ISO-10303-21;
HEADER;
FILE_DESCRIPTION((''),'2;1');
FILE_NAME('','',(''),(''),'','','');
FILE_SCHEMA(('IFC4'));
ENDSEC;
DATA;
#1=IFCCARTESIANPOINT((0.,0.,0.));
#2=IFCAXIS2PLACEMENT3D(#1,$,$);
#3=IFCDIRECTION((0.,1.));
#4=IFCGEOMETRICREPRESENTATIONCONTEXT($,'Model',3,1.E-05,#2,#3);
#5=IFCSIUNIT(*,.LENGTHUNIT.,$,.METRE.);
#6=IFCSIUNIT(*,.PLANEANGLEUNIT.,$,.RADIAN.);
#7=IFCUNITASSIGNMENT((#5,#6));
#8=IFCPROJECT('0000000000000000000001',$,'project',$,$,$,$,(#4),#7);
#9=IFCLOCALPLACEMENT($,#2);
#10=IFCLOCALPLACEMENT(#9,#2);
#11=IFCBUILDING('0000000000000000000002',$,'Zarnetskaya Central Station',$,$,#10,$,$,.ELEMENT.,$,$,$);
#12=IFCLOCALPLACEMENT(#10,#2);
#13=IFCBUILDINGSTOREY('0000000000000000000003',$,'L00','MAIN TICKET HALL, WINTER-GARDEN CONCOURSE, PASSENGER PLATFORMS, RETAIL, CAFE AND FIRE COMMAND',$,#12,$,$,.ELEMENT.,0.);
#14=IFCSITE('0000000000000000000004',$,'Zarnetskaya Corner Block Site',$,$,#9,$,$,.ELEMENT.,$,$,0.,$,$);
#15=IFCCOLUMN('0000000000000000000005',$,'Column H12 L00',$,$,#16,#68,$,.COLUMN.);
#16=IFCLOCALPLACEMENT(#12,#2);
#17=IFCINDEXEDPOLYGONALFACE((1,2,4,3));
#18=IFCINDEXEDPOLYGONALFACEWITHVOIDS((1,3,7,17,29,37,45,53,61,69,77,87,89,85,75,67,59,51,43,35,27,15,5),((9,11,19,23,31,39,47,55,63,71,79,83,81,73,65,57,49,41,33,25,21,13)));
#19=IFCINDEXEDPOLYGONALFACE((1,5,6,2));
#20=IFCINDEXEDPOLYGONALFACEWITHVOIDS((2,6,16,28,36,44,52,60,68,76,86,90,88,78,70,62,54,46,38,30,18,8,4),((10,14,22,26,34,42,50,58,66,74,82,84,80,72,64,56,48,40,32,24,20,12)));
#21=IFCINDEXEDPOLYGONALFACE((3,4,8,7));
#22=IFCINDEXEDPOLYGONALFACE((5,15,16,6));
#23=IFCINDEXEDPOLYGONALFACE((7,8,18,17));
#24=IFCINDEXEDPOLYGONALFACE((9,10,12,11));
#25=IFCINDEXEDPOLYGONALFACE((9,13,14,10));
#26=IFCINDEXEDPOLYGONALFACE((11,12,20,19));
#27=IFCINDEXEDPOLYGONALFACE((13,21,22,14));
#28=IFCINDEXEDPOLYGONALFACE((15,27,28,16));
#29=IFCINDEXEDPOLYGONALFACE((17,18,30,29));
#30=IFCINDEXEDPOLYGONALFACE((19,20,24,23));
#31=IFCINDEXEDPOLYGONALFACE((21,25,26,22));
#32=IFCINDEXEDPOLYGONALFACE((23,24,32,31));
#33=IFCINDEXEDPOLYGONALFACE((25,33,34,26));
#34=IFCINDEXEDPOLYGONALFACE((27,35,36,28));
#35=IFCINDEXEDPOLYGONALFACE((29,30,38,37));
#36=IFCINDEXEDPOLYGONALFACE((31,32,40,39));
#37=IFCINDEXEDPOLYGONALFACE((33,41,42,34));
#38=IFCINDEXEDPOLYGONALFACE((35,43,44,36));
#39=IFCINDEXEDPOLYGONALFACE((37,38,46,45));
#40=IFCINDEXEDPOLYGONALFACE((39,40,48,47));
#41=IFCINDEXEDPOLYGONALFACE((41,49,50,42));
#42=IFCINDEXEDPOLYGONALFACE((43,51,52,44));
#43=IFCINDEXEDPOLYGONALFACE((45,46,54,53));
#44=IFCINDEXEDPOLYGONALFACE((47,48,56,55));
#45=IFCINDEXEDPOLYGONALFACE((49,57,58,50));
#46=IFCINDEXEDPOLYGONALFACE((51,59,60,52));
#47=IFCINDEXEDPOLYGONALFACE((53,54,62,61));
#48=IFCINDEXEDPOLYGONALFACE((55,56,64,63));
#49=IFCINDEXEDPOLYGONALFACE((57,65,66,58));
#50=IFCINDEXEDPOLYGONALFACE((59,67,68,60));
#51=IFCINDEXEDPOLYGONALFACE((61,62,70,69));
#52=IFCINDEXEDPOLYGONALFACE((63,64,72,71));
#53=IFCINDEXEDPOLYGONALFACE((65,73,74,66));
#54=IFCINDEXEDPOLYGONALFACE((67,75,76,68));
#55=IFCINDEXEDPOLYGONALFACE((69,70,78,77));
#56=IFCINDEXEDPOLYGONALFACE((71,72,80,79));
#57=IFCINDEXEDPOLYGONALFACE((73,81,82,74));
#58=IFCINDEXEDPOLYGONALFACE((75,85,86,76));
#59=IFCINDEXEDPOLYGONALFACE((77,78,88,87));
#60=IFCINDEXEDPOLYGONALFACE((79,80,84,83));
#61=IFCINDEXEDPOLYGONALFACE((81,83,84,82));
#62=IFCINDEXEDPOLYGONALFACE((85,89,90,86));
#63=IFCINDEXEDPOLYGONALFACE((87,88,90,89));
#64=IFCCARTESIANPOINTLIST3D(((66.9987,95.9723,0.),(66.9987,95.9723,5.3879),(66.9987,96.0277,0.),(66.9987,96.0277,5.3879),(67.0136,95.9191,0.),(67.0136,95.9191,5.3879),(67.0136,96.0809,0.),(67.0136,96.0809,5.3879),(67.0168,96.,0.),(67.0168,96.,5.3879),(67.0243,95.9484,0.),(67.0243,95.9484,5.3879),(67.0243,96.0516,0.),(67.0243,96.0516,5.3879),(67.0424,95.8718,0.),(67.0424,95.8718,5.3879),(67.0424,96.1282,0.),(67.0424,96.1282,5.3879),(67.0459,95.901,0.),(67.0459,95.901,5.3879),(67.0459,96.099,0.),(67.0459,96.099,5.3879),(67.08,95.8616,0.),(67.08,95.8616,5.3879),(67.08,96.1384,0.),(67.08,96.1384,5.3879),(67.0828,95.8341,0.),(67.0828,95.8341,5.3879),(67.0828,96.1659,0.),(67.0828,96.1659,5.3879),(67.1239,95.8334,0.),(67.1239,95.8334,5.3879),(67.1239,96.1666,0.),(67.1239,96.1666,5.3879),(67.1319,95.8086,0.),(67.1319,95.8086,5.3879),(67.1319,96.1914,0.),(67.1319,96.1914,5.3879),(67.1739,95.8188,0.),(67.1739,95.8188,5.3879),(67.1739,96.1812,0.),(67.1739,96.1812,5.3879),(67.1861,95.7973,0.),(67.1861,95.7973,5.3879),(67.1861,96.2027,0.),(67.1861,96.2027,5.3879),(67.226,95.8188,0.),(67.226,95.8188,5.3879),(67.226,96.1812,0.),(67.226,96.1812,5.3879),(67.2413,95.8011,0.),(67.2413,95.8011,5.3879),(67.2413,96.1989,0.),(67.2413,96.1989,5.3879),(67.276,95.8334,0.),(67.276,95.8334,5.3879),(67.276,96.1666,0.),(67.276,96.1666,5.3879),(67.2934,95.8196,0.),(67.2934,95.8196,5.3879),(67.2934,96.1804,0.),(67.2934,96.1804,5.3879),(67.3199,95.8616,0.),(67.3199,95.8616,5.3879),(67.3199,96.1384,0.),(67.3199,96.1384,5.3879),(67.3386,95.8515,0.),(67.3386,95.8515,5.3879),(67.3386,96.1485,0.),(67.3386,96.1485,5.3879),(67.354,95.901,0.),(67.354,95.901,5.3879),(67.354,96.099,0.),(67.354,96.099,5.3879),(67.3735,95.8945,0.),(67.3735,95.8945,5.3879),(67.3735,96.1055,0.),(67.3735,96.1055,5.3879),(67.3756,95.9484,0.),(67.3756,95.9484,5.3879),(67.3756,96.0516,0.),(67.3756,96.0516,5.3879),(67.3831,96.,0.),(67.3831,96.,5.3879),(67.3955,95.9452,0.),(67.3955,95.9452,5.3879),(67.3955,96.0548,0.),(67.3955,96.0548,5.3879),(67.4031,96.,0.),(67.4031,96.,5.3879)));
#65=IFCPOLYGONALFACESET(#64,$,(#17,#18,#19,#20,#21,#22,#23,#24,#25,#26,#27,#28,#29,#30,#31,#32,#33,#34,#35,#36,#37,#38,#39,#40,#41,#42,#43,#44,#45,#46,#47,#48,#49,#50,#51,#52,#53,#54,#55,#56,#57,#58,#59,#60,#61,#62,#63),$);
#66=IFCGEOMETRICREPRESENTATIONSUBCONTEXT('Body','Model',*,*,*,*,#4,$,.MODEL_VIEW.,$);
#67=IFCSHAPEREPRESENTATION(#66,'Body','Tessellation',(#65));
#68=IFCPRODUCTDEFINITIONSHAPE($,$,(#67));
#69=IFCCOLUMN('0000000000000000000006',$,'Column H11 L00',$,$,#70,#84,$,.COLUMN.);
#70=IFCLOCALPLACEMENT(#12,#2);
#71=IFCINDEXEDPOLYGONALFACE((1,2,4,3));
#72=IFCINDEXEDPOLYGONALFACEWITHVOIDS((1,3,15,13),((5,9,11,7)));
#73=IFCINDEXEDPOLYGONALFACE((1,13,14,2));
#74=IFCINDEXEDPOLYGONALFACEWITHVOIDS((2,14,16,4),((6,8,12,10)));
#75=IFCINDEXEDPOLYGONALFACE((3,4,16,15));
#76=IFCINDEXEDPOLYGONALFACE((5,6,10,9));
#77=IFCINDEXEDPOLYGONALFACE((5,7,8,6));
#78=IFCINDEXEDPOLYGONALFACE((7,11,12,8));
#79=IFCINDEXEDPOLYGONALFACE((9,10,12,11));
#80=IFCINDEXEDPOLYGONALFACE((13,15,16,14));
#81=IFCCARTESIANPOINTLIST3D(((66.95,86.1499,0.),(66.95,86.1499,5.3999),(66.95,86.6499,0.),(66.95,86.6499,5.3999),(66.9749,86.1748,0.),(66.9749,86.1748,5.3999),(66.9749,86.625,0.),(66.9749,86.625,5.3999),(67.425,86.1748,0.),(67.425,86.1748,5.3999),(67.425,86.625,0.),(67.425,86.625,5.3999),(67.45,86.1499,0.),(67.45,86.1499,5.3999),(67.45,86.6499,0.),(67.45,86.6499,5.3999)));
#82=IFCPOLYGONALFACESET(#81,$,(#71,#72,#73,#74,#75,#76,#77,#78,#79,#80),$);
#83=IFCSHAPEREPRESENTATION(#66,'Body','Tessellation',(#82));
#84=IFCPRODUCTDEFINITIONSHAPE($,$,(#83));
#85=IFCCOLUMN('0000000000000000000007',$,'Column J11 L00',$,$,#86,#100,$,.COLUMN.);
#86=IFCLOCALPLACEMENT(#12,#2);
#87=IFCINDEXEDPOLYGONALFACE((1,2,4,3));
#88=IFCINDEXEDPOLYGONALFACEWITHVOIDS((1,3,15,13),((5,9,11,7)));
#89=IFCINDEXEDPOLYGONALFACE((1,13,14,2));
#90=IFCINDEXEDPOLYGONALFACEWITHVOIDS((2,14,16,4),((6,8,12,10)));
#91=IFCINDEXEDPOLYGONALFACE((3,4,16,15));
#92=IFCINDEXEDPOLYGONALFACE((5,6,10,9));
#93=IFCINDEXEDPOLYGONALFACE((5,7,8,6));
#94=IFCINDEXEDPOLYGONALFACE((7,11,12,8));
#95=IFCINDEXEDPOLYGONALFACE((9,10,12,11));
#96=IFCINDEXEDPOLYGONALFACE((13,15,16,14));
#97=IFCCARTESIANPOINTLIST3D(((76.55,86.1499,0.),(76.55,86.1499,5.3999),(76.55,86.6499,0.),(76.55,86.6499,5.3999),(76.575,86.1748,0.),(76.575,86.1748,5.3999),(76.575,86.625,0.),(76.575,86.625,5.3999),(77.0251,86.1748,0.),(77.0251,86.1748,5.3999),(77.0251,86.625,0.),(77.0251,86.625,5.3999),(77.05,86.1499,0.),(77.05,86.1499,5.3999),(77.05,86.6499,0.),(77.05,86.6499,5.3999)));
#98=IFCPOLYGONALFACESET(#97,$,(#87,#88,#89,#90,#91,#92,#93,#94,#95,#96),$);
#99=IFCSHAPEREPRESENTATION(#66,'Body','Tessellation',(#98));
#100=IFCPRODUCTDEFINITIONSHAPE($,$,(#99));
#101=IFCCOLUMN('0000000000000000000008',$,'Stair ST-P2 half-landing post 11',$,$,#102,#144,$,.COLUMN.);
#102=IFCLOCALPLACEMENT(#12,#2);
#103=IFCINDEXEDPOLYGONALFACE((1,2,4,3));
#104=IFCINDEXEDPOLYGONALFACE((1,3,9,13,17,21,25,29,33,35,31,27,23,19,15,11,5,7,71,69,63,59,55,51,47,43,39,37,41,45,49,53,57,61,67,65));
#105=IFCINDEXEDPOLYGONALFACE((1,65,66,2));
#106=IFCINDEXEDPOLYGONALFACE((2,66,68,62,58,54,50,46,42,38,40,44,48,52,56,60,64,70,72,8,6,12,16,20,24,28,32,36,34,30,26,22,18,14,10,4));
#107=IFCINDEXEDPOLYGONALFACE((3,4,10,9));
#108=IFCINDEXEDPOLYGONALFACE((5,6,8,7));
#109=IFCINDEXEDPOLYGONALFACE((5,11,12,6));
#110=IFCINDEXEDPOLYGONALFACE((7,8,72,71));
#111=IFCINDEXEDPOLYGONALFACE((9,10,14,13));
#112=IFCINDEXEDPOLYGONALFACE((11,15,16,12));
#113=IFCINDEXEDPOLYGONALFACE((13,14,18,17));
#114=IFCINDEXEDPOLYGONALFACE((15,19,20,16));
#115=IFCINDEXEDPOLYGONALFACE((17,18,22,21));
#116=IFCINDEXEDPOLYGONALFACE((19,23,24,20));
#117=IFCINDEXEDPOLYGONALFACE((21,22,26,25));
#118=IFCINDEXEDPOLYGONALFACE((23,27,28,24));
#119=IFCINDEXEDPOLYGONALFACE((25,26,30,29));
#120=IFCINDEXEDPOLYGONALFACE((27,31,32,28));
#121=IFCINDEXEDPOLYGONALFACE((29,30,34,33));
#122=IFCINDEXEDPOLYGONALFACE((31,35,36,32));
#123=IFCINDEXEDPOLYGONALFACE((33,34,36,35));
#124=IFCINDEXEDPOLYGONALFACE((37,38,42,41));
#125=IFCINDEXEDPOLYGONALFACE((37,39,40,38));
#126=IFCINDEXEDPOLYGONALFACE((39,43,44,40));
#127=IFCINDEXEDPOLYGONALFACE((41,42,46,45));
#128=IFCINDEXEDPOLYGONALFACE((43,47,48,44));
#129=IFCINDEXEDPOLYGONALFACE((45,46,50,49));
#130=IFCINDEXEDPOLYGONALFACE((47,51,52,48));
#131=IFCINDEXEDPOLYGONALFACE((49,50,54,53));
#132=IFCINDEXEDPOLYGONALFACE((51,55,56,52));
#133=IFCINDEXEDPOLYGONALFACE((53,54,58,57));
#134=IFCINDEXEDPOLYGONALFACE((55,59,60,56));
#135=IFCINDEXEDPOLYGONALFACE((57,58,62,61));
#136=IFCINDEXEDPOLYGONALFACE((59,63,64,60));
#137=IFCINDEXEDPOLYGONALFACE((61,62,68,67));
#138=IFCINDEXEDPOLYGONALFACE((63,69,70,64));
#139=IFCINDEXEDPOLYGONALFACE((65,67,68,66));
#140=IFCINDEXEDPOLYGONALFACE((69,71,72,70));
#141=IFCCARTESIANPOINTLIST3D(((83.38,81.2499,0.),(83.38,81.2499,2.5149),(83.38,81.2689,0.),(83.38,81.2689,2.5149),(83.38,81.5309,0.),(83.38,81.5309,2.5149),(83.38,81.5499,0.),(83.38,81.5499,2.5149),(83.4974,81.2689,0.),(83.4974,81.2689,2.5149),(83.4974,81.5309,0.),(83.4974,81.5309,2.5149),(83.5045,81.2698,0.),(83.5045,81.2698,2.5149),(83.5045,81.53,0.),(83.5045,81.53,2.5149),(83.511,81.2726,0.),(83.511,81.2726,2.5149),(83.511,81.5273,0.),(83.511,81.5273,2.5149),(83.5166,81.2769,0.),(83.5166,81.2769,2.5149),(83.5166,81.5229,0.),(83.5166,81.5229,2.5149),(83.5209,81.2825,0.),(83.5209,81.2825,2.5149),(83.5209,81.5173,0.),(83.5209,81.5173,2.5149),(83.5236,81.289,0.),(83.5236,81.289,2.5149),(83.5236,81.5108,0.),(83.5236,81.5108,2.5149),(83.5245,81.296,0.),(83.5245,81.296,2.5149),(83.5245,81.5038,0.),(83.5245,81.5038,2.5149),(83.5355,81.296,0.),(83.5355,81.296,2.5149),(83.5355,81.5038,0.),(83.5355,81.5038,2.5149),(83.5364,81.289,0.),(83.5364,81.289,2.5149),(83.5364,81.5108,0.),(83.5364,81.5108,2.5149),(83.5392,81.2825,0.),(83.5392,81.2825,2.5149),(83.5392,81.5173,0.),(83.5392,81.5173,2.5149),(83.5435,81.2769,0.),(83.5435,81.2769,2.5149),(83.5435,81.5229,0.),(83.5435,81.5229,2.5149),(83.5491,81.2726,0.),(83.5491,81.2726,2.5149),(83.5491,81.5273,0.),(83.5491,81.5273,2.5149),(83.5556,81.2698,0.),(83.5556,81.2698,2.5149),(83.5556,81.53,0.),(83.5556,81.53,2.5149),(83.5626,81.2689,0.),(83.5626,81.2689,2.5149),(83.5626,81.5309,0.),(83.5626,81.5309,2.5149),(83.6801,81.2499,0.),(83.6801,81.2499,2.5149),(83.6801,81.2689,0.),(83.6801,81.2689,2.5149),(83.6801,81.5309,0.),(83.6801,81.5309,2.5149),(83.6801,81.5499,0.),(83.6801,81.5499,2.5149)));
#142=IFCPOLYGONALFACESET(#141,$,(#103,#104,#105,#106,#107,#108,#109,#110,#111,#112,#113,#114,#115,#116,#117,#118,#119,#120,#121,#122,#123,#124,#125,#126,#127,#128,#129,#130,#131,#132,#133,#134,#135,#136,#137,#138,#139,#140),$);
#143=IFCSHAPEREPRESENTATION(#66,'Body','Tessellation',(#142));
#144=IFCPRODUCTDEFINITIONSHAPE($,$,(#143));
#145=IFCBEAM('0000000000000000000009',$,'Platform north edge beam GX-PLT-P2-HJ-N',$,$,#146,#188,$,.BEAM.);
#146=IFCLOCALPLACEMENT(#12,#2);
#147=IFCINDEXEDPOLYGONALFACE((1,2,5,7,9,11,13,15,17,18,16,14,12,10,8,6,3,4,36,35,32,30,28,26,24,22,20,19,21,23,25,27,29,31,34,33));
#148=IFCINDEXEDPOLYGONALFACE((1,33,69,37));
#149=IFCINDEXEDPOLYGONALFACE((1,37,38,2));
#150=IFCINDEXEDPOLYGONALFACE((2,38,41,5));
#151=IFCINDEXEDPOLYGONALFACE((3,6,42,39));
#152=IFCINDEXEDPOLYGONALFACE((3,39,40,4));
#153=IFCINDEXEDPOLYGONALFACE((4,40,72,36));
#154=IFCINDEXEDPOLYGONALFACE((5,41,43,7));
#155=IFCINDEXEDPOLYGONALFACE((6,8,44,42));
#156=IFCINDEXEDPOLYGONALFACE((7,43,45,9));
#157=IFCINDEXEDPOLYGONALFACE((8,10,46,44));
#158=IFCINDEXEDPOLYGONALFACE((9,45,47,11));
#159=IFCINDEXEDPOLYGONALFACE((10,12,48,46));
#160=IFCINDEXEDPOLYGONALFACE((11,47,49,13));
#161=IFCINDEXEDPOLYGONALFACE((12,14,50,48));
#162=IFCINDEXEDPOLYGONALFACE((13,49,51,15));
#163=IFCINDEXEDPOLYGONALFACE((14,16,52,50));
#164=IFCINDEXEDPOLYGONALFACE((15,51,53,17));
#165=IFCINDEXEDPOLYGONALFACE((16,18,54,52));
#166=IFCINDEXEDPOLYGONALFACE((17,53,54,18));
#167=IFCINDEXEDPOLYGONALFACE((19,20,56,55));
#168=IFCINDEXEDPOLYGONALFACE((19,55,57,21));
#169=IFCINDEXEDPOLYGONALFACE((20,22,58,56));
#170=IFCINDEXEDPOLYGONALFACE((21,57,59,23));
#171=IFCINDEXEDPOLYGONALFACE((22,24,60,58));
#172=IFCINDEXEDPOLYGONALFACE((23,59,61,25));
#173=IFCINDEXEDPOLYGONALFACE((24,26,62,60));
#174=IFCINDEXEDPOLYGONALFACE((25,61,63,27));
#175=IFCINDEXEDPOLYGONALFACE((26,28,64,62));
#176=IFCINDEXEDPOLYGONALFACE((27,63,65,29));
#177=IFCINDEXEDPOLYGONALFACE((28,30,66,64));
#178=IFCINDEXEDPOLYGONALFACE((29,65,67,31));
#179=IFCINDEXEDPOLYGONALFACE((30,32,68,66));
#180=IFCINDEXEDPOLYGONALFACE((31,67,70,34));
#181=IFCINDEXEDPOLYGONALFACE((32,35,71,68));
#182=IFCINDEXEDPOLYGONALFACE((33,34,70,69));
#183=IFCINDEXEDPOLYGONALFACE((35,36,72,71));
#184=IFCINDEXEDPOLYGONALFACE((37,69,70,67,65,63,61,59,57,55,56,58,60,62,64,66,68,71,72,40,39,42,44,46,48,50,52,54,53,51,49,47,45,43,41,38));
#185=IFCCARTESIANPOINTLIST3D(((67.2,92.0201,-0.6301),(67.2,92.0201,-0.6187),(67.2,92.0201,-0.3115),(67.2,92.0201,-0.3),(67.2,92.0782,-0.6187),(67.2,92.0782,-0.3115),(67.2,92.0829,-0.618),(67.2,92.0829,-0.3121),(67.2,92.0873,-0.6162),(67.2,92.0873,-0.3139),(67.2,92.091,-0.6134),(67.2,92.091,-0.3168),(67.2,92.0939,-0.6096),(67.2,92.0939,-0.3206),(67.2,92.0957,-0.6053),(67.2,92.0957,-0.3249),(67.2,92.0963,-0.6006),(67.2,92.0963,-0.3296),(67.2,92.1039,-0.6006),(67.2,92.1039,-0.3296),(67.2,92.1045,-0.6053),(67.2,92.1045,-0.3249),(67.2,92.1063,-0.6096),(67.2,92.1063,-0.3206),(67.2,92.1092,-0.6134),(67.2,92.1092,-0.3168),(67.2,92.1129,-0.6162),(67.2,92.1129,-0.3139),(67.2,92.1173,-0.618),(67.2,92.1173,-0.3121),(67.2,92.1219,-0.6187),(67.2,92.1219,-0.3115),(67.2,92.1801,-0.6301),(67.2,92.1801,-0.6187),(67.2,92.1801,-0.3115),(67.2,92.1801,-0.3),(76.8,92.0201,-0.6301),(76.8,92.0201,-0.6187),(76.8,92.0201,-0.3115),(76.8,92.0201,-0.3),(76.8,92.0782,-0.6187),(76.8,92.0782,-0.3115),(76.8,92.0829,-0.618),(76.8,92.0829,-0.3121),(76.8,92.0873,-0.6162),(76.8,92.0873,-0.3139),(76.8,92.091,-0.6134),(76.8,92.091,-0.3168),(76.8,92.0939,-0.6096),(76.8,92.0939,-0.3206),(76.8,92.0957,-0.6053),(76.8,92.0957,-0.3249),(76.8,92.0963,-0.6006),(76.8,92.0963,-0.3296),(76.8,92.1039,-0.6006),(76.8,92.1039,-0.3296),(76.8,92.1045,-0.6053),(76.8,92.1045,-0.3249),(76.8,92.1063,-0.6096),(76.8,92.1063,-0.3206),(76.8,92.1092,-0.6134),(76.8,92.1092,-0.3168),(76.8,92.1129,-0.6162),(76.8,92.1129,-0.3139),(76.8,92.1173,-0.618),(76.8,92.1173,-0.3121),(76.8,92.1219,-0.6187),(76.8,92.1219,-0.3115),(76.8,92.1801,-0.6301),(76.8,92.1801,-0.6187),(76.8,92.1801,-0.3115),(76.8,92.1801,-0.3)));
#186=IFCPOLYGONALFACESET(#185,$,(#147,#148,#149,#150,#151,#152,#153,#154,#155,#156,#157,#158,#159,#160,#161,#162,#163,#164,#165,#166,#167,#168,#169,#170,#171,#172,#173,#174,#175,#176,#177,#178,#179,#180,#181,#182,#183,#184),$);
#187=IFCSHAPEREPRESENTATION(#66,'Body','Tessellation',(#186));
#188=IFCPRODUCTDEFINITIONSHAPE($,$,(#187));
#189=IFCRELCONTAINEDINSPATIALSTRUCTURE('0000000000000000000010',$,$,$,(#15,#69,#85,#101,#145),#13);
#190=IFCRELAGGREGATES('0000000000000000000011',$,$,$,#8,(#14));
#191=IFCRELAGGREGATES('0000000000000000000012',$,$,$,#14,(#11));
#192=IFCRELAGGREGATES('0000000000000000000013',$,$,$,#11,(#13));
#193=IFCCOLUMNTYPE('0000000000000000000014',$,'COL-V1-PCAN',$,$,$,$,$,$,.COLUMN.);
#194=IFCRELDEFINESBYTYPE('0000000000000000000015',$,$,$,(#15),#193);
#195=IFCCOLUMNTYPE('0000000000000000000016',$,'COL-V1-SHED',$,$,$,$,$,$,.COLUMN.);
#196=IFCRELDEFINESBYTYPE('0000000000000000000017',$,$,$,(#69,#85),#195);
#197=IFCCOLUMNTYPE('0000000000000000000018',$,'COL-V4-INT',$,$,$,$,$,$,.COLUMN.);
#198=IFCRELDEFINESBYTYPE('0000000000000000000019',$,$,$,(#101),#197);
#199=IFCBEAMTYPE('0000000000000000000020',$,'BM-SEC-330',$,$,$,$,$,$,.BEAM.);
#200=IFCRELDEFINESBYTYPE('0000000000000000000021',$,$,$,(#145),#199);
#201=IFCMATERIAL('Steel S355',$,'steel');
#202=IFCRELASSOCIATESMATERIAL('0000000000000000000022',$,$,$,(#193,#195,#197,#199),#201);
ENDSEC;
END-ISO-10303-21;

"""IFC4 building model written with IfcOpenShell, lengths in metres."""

from ifc_helpers import new_model, si_unit, direction, frame, origin, origin_2d, place, context, subcontext, project, spatial, hollow_rectangle, hollow_circle, i_section, extrude, material, material_profile, profile_set, type_object, element, save


model = new_model("IFC4")

# Units and contexts
model_context = context("Model", 3, precision=1e-05, world=origin(), true_north=direction((0.0, 1.0)))
body_context = subcontext(model_context, "Body", "Model", "MODEL_VIEW")
ifc_project = project(units=[si_unit("LENGTHUNIT", "METRE"), si_unit("PLANEANGLEUNIT", "RADIAN")], contexts=[model_context])

# Site, building, storey
site_placement = place(None, origin())
site = spatial("IfcSite", under=ifc_project, at=site_placement, Name="Zarnetskaya Corner Block Site", CompositionType="ELEMENT", RefElevation=0.0)
building_placement = place(site_placement, origin())
building = spatial("IfcBuilding", under=site, at=building_placement, Name="Zarnetskaya Central Station", CompositionType="ELEMENT")
storey_placement = place(building_placement, origin())
storey = spatial("IfcBuildingStorey", under=building, at=storey_placement, Name="L00", Description="MAIN TICKET HALL, WINTER-GARDEN CONCOURSE, PASSENGER PLATFORMS, RETAIL, CAFE AND FIRE COMMAND", CompositionType="ELEMENT", Elevation=0.0)

# Columns
ifc_material_1 = material(Name="Steel S355", Category="steel")
ifc_material_profile_1 = material_profile(ifc_material_1, hollow_circle(Radius=0.2031, WallThickness=0.02, at=origin_2d()), Name="CHS 406.4x20")
ifc_profile_set_1 = profile_set([ifc_material_profile_1], Name="Steel S355")
column_type_1 = type_object("IfcColumnType", Name="COL-V1-PCAN", PredefinedType="COLUMN", material=ifc_profile_set_1)
column_1_placement = place(storey_placement, frame((67.2, 96.0, 0.0), z_axis=(0.0, 0.0, 1.0), x_axis=(1.0, 0.0, 0.0)))
element("IfcColumn", 1, at=column_1_placement, inside=storey, type_object=column_type_1, Name="Column H12 L00", PredefinedType="COLUMN", context=body_context, shape_type="SweptSolid", body=[
    extrude(hollow_circle(Radius=0.2031, WallThickness=0.02, at=origin_2d()), origin(), (0.0, 0.0, 1.0), 5.3879),
])
ifc_material_profile_2 = material_profile(ifc_material_1, hollow_rectangle(XDim=0.5, YDim=0.5, WallThickness=0.0249, at=origin_2d()), Name="BOX 500x500x25")
ifc_profile_set_2 = profile_set([ifc_material_profile_2], Name="Steel S355")
column_type_2 = type_object("IfcColumnType", Name="COL-V1-SHED", PredefinedType="COLUMN", material=ifc_profile_set_2)
for number, where, z_axis, x_axis, name in (
    (2, (67.2, 86.3999, 0.0), (0.0, 0.0, 1.0), (1.0, 0.0, 0.0), "Column H11 L00"),
    (3, (76.8, 86.3999, 0.0), (0.0, 0.0, 1.0), (1.0, 0.0, 0.0), "Column J11 L00"),
):
    element("IfcColumn", number, at=place(storey_placement, frame(where, z_axis=z_axis, x_axis=x_axis)), inside=storey, type_object=column_type_2, Name=name, PredefinedType="COLUMN", context=body_context, shape_type="SweptSolid", body=[
        extrude(hollow_rectangle(XDim=0.5, YDim=0.5, WallThickness=0.0249, at=origin_2d()), origin(), (0.0, 0.0, 1.0), 5.3999),
    ])
ifc_material_profile_3 = material_profile(ifc_material_1, i_section(OverallWidth=0.3, OverallDepth=0.3, WebThickness=0.011, FlangeThickness=0.019, FilletRadius=0.0271, at=origin_2d()), Name="HEB 300")
ifc_profile_set_3 = profile_set([ifc_material_profile_3], Name="Steel S355")
column_type_3 = type_object("IfcColumnType", Name="COL-V4-INT", PredefinedType="COLUMN", material=ifc_profile_set_3)
column_2_placement = place(storey_placement, frame((83.53, 81.3999, 0.0), z_axis=(0.0, 0.0, 1.0), x_axis=(1.0, 0.0, 0.0)))
element("IfcColumn", 4, at=column_2_placement, inside=storey, type_object=column_type_3, Name="Stair ST-P2 half-landing post 11", PredefinedType="COLUMN", context=body_context, shape_type="SweptSolid", body=[
    extrude(i_section(OverallWidth=0.3, OverallDepth=0.3, WebThickness=0.011, FlangeThickness=0.019, FilletRadius=0.0271, at=origin_2d()), origin(), (0.0, 0.0, 1.0), 2.5149),
])

# Beam
ifc_material_profile_4 = material_profile(ifc_material_1, i_section(OverallWidth=0.1599, OverallDepth=0.3301, WebThickness=0.0076, FlangeThickness=0.0115, FilletRadius=0.0181, at=origin_2d()), Name="IPE 330")
ifc_profile_set_4 = profile_set([ifc_material_profile_4], Name="Steel S355")
beam_type_1 = type_object("IfcBeamType", Name="BM-SEC-330", PredefinedType="BEAM", material=ifc_profile_set_4)
beam_1_placement = place(storey_placement, frame((67.2, 92.1001, -0.4651), z_axis=(1.0, 0.0, 0.0), x_axis=(0.0, 1.0, 0.0)))
element("IfcBeam", 5, at=beam_1_placement, inside=storey, type_object=beam_type_1, Name="Platform north edge beam GX-PLT-P2-HJ-N", PredefinedType="BEAM", context=body_context, shape_type="SweptSolid", body=[
    extrude(i_section(OverallWidth=0.1599, OverallDepth=0.3301, WebThickness=0.0076, FlangeThickness=0.0115, FilletRadius=0.0181, at=origin_2d()), origin(), (0.0, 0.0, 1.0), 9.6001),
])

save(model, "model.ifc")
